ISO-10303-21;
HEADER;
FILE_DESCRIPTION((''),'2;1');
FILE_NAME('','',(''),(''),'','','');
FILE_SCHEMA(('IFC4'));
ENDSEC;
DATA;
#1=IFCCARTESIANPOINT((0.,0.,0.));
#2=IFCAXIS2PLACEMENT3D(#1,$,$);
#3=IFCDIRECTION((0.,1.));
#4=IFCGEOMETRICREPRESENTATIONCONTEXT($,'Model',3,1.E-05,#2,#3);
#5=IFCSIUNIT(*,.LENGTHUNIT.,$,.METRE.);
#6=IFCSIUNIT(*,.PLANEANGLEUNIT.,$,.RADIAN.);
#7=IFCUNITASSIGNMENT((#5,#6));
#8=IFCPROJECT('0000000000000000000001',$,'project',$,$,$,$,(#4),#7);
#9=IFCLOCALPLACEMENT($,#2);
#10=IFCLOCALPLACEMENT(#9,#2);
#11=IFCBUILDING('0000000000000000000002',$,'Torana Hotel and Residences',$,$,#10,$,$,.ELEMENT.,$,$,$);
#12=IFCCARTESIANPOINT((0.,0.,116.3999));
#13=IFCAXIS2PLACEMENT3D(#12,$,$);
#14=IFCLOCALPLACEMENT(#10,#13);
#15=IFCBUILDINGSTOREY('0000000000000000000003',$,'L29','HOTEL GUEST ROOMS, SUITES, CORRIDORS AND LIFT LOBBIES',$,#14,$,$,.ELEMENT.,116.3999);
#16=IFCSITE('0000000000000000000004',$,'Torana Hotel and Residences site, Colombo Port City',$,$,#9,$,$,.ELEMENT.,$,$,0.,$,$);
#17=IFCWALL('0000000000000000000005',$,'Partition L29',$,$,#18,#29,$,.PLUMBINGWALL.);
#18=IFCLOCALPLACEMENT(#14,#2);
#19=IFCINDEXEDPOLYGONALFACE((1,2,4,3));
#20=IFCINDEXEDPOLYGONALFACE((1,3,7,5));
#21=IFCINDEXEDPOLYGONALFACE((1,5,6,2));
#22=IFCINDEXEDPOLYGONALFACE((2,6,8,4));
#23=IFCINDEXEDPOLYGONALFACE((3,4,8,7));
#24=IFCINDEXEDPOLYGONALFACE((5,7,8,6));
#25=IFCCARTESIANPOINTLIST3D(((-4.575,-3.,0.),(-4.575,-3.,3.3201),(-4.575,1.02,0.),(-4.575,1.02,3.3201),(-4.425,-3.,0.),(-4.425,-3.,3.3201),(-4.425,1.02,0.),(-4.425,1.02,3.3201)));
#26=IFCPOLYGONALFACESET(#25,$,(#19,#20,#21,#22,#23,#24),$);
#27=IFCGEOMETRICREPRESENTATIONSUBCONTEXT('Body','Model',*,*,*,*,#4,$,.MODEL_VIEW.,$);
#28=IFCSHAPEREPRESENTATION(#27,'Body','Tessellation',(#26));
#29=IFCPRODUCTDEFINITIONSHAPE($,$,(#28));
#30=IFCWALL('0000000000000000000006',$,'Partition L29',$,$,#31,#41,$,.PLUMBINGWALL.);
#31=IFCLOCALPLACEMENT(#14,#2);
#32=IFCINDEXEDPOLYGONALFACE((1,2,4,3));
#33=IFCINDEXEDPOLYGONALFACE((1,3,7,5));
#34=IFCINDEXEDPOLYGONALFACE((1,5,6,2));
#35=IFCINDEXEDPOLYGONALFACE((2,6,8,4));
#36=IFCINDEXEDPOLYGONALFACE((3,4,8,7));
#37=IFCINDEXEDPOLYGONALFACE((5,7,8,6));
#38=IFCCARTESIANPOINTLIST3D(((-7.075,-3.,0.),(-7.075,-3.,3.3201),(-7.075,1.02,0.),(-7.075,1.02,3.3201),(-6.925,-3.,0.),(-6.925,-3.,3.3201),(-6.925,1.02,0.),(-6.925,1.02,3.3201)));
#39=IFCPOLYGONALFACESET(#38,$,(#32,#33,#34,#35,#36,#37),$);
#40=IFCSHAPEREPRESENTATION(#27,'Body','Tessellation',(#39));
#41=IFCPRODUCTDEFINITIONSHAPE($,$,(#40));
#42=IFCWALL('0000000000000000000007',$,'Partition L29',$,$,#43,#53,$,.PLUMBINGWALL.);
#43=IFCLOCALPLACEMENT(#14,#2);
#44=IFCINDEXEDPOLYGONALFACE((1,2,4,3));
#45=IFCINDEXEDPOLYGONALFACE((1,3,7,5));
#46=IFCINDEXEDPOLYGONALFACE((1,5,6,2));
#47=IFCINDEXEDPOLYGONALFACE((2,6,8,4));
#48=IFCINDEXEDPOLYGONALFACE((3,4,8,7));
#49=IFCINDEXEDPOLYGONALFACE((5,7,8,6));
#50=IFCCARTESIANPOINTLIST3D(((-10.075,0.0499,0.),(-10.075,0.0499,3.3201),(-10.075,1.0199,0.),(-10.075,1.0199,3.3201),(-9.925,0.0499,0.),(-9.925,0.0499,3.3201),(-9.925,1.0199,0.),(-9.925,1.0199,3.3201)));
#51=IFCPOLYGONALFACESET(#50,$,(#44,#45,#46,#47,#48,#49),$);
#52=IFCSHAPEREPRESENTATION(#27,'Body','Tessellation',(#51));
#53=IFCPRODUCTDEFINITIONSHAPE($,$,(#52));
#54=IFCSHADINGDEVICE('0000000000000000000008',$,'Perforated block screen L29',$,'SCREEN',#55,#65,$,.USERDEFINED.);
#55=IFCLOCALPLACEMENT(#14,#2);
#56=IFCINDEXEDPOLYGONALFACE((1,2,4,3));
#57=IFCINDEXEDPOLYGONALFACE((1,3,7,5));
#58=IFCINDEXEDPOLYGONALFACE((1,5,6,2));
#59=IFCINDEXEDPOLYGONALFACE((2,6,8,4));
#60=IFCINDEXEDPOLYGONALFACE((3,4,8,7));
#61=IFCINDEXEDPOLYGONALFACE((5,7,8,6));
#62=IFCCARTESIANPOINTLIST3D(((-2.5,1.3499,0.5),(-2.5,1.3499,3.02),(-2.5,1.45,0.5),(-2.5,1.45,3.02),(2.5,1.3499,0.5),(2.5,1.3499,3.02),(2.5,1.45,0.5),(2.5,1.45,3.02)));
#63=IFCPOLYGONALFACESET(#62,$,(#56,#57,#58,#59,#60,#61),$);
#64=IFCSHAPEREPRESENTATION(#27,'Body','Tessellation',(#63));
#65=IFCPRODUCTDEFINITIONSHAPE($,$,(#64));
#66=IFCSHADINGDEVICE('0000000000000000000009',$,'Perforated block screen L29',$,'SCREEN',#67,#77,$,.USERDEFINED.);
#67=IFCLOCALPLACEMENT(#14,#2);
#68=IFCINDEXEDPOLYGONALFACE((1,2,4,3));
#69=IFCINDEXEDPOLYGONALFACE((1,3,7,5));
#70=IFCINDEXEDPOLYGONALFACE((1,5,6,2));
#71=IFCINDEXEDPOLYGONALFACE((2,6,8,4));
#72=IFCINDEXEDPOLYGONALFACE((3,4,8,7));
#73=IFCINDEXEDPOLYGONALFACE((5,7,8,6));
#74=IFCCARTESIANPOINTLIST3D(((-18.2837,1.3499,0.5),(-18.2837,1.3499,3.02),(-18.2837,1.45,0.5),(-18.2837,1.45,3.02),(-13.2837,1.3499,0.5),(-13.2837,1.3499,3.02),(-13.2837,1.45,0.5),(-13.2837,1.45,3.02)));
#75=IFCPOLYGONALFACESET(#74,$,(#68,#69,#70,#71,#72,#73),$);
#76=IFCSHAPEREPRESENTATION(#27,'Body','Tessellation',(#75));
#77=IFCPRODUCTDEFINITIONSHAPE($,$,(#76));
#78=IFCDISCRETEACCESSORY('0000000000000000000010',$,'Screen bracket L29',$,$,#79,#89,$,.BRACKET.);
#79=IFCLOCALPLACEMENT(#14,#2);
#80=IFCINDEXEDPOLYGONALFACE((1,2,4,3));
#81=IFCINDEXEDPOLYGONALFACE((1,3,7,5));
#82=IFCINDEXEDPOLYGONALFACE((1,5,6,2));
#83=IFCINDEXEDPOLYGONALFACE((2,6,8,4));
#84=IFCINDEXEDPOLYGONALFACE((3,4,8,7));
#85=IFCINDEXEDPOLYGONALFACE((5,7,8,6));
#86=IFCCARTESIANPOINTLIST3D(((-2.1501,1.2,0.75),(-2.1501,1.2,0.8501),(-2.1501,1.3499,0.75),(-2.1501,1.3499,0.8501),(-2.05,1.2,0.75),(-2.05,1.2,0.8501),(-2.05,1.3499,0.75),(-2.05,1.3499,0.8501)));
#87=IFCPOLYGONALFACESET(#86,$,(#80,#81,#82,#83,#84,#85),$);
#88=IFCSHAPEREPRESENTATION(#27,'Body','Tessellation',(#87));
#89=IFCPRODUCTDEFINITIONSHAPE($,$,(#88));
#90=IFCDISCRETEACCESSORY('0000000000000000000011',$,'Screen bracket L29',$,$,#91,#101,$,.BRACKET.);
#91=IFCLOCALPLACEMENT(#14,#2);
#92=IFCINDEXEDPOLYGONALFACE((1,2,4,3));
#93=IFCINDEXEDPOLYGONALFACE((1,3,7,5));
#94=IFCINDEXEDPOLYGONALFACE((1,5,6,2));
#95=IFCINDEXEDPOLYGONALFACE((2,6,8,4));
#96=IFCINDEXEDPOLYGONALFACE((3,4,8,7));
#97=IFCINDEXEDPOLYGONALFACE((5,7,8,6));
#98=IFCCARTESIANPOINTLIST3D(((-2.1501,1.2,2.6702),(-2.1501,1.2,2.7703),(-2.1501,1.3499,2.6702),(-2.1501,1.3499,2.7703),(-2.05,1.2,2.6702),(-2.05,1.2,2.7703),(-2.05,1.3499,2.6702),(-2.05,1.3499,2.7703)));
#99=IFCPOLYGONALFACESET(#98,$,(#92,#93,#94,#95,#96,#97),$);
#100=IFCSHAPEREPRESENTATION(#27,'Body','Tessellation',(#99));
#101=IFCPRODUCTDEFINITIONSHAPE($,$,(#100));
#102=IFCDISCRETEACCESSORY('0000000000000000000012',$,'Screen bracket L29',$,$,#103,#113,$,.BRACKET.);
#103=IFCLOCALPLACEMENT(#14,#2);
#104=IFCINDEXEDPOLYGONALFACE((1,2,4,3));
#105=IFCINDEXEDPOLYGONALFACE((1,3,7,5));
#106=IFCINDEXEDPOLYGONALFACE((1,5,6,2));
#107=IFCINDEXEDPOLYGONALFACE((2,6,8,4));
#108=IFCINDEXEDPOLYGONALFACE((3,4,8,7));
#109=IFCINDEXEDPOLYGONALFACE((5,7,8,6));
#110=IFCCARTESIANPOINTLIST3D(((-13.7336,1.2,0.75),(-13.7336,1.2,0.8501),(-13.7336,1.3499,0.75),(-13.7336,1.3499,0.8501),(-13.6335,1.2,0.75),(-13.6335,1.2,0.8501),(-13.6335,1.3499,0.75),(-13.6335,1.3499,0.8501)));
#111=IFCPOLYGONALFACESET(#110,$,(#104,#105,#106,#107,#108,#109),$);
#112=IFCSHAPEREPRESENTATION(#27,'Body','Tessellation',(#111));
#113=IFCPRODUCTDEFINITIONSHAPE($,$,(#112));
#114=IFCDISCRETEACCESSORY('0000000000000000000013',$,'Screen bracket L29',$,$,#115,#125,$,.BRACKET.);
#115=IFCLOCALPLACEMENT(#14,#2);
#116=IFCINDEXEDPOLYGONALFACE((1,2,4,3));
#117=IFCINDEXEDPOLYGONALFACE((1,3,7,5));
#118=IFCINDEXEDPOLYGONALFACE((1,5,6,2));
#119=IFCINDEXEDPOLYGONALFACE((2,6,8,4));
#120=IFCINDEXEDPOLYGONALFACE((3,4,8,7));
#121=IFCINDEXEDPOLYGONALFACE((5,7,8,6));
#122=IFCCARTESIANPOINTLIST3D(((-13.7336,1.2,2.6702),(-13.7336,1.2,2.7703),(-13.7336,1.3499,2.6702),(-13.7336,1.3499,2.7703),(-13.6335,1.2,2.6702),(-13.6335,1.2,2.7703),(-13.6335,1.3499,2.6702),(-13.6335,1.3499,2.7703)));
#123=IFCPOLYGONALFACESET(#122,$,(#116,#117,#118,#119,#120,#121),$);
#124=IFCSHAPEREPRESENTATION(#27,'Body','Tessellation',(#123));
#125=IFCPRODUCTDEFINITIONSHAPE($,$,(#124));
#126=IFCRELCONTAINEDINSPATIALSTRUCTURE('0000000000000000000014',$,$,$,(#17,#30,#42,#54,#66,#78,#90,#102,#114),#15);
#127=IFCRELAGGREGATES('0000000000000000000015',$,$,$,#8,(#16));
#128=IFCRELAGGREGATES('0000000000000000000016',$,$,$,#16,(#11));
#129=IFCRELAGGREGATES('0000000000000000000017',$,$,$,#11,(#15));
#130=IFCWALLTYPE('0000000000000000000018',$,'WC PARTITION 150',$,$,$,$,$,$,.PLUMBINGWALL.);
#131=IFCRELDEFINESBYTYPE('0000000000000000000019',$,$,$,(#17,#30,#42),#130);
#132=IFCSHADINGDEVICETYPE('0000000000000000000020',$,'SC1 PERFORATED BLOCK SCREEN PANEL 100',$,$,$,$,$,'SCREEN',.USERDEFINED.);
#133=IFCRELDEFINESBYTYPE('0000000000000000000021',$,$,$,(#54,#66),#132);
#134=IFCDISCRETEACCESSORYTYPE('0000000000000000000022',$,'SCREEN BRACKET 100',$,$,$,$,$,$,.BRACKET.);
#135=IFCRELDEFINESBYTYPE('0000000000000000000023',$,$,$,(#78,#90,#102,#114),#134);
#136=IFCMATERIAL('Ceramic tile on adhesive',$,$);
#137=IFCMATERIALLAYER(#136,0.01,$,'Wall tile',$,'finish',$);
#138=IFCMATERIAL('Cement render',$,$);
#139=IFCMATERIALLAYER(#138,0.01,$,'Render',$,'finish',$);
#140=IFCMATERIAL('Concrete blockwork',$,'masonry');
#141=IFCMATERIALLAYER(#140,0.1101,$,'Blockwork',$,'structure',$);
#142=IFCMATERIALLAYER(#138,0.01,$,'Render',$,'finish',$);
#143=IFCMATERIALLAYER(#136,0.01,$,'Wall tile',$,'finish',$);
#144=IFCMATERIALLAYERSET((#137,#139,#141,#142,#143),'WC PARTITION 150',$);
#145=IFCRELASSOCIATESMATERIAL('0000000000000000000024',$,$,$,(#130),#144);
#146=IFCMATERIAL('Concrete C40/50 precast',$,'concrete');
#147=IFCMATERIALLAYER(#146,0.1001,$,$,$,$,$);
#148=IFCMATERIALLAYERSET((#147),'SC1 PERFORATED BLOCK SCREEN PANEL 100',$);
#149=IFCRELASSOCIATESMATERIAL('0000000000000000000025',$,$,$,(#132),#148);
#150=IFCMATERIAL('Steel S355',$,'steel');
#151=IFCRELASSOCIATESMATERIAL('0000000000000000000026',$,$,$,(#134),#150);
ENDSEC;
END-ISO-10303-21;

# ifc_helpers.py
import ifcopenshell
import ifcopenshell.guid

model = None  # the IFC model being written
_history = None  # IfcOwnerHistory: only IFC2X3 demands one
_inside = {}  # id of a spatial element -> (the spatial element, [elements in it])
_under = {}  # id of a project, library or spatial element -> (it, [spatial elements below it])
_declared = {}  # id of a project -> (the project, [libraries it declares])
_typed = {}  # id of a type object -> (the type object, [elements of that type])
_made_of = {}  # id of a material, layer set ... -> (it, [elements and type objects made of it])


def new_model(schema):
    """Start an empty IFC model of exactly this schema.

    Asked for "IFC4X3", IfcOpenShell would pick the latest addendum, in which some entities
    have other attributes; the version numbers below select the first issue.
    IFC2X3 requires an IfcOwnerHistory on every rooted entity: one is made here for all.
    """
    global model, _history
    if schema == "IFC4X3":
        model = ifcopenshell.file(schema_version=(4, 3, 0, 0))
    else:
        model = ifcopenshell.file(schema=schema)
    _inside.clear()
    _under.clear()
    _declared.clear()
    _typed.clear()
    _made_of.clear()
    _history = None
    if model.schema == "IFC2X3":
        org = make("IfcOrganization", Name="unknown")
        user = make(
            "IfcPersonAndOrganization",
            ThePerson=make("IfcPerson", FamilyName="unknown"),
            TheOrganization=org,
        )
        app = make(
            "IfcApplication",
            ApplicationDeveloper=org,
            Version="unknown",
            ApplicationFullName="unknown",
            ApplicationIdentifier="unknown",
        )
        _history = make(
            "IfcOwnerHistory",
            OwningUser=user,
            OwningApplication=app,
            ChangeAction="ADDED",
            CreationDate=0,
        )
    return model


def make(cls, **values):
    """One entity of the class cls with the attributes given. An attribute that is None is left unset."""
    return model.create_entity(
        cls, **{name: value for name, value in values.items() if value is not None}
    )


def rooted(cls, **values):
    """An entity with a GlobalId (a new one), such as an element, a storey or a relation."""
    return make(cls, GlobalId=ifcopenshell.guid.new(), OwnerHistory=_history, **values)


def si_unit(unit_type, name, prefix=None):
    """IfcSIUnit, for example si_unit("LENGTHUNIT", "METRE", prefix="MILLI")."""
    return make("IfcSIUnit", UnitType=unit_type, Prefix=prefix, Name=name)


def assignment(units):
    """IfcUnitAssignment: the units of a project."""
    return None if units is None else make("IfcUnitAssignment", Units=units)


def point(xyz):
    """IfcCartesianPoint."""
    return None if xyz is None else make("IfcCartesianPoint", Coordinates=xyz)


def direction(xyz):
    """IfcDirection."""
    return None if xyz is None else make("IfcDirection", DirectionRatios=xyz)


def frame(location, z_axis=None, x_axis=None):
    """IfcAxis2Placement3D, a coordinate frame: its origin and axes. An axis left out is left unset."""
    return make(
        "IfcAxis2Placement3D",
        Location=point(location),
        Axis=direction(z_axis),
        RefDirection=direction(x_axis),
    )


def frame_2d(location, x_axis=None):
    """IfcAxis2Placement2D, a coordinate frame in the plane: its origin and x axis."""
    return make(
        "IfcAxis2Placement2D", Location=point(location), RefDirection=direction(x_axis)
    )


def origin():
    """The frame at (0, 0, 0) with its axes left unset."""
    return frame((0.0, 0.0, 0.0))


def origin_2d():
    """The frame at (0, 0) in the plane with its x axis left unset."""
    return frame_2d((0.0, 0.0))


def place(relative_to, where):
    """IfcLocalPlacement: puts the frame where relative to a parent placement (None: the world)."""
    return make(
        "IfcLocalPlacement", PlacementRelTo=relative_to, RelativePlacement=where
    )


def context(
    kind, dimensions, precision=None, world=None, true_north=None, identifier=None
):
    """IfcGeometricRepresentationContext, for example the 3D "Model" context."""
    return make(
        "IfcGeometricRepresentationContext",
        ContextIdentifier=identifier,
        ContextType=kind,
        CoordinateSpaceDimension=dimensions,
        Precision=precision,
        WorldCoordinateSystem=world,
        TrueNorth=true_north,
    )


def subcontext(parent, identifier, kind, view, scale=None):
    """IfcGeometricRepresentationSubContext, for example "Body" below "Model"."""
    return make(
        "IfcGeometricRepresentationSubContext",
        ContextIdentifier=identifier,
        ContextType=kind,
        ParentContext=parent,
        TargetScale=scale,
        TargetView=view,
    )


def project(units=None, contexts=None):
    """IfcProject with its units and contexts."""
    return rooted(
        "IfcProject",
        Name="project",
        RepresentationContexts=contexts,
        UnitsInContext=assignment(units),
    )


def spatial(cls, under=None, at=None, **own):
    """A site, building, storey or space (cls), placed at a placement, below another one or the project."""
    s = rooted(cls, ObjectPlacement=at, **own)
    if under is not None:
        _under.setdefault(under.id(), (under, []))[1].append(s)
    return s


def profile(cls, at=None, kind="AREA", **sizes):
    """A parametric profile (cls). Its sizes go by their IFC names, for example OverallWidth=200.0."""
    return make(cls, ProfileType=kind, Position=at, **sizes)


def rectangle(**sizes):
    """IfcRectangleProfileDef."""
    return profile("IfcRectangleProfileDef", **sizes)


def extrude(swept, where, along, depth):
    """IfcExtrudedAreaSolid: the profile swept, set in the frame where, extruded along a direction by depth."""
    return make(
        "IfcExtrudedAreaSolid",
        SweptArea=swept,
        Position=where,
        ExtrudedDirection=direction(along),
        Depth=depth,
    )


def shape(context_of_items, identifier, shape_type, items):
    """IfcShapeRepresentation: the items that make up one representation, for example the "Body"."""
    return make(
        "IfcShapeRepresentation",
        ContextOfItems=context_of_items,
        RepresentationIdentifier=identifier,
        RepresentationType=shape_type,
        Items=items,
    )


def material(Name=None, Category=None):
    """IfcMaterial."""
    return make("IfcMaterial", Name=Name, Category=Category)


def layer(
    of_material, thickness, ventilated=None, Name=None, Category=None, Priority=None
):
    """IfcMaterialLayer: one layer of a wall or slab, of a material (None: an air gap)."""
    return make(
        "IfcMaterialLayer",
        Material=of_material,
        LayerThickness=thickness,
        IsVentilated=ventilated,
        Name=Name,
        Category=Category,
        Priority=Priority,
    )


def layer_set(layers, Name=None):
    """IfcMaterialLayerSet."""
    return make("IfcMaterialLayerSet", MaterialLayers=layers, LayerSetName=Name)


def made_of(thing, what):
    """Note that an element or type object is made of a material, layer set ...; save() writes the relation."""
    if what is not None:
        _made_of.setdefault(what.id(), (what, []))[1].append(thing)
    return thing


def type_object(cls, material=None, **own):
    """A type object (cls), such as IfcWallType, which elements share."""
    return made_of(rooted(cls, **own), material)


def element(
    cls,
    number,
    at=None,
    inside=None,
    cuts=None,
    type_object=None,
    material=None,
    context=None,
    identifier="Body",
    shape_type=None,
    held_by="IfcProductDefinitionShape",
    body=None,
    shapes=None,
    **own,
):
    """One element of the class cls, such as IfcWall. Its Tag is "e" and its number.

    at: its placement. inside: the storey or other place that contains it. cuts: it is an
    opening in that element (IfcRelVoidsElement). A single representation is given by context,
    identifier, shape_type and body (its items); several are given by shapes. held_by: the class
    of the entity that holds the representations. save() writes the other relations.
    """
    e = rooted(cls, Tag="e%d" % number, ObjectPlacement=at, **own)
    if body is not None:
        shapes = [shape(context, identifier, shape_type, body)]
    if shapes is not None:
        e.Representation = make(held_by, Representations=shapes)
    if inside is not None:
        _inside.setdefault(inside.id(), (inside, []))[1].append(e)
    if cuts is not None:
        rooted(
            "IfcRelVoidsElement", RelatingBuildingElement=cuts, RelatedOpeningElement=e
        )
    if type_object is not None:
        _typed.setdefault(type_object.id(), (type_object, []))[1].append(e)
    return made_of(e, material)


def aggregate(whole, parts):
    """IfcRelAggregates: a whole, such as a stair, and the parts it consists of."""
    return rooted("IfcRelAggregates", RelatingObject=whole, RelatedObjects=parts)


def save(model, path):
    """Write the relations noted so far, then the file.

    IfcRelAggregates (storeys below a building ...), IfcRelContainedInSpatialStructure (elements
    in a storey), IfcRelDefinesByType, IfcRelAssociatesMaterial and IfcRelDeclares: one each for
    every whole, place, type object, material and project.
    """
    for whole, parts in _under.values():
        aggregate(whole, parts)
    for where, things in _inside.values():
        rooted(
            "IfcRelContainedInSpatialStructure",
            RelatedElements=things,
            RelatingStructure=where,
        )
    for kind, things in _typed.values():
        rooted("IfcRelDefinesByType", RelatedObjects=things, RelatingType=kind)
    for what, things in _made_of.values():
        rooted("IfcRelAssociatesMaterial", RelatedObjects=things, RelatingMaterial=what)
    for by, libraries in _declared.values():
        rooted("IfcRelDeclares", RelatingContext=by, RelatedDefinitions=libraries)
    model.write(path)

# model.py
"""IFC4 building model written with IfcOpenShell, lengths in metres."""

from ifc_helpers import new_model, si_unit, direction, frame, frame_2d, origin, origin_2d, place, context, subcontext, project, spatial, rectangle, extrude, material, layer, layer_set, type_object, element, save


model = new_model("IFC4")

# Units and contexts
model_context = context("Model", 3, precision=1e-05, world=origin(), true_north=direction((0.0, 1.0)))
body_context = subcontext(model_context, "Body", "Model", "MODEL_VIEW")
ifc_project = project(units=[si_unit("LENGTHUNIT", "METRE"), si_unit("PLANEANGLEUNIT", "RADIAN")], contexts=[model_context])

# Site, building, storey
site_placement = place(None, origin())
site = spatial("IfcSite", under=ifc_project, at=site_placement, Name="Torana Hotel and Residences site, Colombo Port City", CompositionType="ELEMENT", RefElevation=0.0)
building_placement = place(site_placement, origin())
building = spatial("IfcBuilding", under=site, at=building_placement, Name="Torana Hotel and Residences", CompositionType="ELEMENT")
storey_placement = place(building_placement, frame((0.0, 0.0, 116.3999)))
storey = spatial("IfcBuildingStorey", under=building, at=storey_placement, Name="L29", Description="HOTEL GUEST ROOMS, SUITES, CORRIDORS AND LIFT LOBBIES", CompositionType="ELEMENT", Elevation=116.3999)

# Walls
ifc_material_1 = material(Name="Concrete blockwork", Category="masonry")
ifc_material_2 = material(Name="Ceramic tile on adhesive")
ifc_layer_1 = layer(ifc_material_2, 0.01, Name="Wall tile", Category="finish")
ifc_material_3 = material(Name="Cement render")
ifc_layer_2 = layer(ifc_material_3, 0.01, Name="Render", Category="finish")
ifc_layer_3 = layer(ifc_material_1, 0.1101, Name="Blockwork", Category="structure")
ifc_layer_4 = layer(ifc_material_3, 0.01, Name="Render", Category="finish")
ifc_layer_5 = layer(ifc_material_2, 0.01, Name="Wall tile", Category="finish")
ifc_layer_set_1 = layer_set([ifc_layer_1, ifc_layer_2, ifc_layer_3, ifc_layer_4, ifc_layer_5], Name="WC PARTITION 150")
wall_type_1 = type_object("IfcWallType", Name="WC PARTITION 150", PredefinedType="PLUMBINGWALL", material=ifc_layer_set_1)
for number, where, z_axis, x_axis, name in (
    (1, (-4.5, -3.0, 0.0), (0.0, 0.0, 1.0), (0.0, 1.0, 0.0), "Partition L29"),
    (2, (-7.0, -3.0, 0.0), (0.0, 0.0, 1.0), (0.0, 1.0, 0.0), "Partition L29"),
):
    element("IfcWall", number, at=place(storey_placement, frame(where, z_axis=z_axis, x_axis=x_axis)), inside=storey, type_object=wall_type_1, Name=name, PredefinedType="PLUMBINGWALL", context=body_context, shape_type="SweptSolid", body=[
        extrude(rectangle(XDim=4.02, YDim=0.1499, at=frame_2d((2.01, 0.0))), origin(), (0.0, 0.0, 1.0), 3.3201),
    ])
wall_1_placement = place(storey_placement, frame((-10.0, 0.05, 0.0), z_axis=(0.0, 0.0, 1.0), x_axis=(0.0, 1.0, 0.0)))
element("IfcWall", 3, at=wall_1_placement, inside=storey, type_object=wall_type_1, Name="Partition L29", PredefinedType="PLUMBINGWALL", context=body_context, shape_type="SweptSolid", body=[
    extrude(rectangle(XDim=0.97, YDim=0.1499, at=frame_2d((0.4849, 0.0))), origin(), (0.0, 0.0, 1.0), 3.3201),
])

# Shading devices
ifc_material_4 = material(Name="Concrete C40/50 precast", Category="concrete")
ifc_layer_6 = layer(ifc_material_4, 0.1001)
ifc_layer_set_2 = layer_set([ifc_layer_6], Name="SC1 PERFORATED BLOCK SCREEN PANEL 100")
shading_device_type = type_object("IfcShadingDeviceType", Name="SC1 PERFORATED BLOCK SCREEN PANEL 100", ElementType="SCREEN", PredefinedType="USERDEFINED", material=ifc_layer_set_2)
for number, where, z_axis, x_axis, name in (
    (4, (0.0, 1.3999, 0.5), (0.0, 0.0, 1.0), (-1.0, 0.0, 0.0), "Perforated block screen L29"),
    (5, (-15.7837, 1.3999, 0.5), (0.0, 0.0, 1.0), (-1.0, 0.0, 0.0), "Perforated block screen L29"),
):
    element("IfcShadingDevice", number, at=place(storey_placement, frame(where, z_axis=z_axis, x_axis=x_axis)), inside=storey, type_object=shading_device_type, Name=name, ObjectType="SCREEN", PredefinedType="USERDEFINED", context=body_context, shape_type="SweptSolid", body=[
        extrude(rectangle(XDim=5.0, YDim=0.1001, at=origin_2d()), origin(), (0.0, 0.0, 1.0), 2.52),
    ])

# Discrete accessories
ifc_material_5 = material(Name="Steel S355", Category="steel")
discrete_accessory_type = type_object("IfcDiscreteAccessoryType", Name="SCREEN BRACKET 100", PredefinedType="BRACKET", material=ifc_material_5)
for number, where, z_axis, x_axis, name in (
    (6, (-2.1001, 1.2749, 0.75), (0.0, 0.0, 1.0), (-1.0, 0.0, 0.0), "Screen bracket L29"),
    (7, (-2.1001, 1.2749, 2.6702), (0.0, 0.0, 1.0), (-1.0, 0.0, 0.0), "Screen bracket L29"),
    (8, (-13.6836, 1.2749, 0.75), (0.0, 0.0, 1.0), (-1.0, 0.0, 0.0), "Screen bracket L29"),
    (9, (-13.6836, 1.2749, 2.6702), (0.0, 0.0, 1.0), (-1.0, 0.0, 0.0), "Screen bracket L29"),
):
    element("IfcDiscreteAccessory", number, at=place(storey_placement, frame(where, z_axis=z_axis, x_axis=x_axis)), inside=storey, type_object=discrete_accessory_type, Name=name, PredefinedType="BRACKET", context=body_context, shape_type="SweptSolid", body=[
        extrude(rectangle(XDim=0.1001, YDim=0.1499, at=origin_2d()), origin(), (0.0, 0.0, 1.0), 0.1001),
    ])

save(model, "model.ifc")
